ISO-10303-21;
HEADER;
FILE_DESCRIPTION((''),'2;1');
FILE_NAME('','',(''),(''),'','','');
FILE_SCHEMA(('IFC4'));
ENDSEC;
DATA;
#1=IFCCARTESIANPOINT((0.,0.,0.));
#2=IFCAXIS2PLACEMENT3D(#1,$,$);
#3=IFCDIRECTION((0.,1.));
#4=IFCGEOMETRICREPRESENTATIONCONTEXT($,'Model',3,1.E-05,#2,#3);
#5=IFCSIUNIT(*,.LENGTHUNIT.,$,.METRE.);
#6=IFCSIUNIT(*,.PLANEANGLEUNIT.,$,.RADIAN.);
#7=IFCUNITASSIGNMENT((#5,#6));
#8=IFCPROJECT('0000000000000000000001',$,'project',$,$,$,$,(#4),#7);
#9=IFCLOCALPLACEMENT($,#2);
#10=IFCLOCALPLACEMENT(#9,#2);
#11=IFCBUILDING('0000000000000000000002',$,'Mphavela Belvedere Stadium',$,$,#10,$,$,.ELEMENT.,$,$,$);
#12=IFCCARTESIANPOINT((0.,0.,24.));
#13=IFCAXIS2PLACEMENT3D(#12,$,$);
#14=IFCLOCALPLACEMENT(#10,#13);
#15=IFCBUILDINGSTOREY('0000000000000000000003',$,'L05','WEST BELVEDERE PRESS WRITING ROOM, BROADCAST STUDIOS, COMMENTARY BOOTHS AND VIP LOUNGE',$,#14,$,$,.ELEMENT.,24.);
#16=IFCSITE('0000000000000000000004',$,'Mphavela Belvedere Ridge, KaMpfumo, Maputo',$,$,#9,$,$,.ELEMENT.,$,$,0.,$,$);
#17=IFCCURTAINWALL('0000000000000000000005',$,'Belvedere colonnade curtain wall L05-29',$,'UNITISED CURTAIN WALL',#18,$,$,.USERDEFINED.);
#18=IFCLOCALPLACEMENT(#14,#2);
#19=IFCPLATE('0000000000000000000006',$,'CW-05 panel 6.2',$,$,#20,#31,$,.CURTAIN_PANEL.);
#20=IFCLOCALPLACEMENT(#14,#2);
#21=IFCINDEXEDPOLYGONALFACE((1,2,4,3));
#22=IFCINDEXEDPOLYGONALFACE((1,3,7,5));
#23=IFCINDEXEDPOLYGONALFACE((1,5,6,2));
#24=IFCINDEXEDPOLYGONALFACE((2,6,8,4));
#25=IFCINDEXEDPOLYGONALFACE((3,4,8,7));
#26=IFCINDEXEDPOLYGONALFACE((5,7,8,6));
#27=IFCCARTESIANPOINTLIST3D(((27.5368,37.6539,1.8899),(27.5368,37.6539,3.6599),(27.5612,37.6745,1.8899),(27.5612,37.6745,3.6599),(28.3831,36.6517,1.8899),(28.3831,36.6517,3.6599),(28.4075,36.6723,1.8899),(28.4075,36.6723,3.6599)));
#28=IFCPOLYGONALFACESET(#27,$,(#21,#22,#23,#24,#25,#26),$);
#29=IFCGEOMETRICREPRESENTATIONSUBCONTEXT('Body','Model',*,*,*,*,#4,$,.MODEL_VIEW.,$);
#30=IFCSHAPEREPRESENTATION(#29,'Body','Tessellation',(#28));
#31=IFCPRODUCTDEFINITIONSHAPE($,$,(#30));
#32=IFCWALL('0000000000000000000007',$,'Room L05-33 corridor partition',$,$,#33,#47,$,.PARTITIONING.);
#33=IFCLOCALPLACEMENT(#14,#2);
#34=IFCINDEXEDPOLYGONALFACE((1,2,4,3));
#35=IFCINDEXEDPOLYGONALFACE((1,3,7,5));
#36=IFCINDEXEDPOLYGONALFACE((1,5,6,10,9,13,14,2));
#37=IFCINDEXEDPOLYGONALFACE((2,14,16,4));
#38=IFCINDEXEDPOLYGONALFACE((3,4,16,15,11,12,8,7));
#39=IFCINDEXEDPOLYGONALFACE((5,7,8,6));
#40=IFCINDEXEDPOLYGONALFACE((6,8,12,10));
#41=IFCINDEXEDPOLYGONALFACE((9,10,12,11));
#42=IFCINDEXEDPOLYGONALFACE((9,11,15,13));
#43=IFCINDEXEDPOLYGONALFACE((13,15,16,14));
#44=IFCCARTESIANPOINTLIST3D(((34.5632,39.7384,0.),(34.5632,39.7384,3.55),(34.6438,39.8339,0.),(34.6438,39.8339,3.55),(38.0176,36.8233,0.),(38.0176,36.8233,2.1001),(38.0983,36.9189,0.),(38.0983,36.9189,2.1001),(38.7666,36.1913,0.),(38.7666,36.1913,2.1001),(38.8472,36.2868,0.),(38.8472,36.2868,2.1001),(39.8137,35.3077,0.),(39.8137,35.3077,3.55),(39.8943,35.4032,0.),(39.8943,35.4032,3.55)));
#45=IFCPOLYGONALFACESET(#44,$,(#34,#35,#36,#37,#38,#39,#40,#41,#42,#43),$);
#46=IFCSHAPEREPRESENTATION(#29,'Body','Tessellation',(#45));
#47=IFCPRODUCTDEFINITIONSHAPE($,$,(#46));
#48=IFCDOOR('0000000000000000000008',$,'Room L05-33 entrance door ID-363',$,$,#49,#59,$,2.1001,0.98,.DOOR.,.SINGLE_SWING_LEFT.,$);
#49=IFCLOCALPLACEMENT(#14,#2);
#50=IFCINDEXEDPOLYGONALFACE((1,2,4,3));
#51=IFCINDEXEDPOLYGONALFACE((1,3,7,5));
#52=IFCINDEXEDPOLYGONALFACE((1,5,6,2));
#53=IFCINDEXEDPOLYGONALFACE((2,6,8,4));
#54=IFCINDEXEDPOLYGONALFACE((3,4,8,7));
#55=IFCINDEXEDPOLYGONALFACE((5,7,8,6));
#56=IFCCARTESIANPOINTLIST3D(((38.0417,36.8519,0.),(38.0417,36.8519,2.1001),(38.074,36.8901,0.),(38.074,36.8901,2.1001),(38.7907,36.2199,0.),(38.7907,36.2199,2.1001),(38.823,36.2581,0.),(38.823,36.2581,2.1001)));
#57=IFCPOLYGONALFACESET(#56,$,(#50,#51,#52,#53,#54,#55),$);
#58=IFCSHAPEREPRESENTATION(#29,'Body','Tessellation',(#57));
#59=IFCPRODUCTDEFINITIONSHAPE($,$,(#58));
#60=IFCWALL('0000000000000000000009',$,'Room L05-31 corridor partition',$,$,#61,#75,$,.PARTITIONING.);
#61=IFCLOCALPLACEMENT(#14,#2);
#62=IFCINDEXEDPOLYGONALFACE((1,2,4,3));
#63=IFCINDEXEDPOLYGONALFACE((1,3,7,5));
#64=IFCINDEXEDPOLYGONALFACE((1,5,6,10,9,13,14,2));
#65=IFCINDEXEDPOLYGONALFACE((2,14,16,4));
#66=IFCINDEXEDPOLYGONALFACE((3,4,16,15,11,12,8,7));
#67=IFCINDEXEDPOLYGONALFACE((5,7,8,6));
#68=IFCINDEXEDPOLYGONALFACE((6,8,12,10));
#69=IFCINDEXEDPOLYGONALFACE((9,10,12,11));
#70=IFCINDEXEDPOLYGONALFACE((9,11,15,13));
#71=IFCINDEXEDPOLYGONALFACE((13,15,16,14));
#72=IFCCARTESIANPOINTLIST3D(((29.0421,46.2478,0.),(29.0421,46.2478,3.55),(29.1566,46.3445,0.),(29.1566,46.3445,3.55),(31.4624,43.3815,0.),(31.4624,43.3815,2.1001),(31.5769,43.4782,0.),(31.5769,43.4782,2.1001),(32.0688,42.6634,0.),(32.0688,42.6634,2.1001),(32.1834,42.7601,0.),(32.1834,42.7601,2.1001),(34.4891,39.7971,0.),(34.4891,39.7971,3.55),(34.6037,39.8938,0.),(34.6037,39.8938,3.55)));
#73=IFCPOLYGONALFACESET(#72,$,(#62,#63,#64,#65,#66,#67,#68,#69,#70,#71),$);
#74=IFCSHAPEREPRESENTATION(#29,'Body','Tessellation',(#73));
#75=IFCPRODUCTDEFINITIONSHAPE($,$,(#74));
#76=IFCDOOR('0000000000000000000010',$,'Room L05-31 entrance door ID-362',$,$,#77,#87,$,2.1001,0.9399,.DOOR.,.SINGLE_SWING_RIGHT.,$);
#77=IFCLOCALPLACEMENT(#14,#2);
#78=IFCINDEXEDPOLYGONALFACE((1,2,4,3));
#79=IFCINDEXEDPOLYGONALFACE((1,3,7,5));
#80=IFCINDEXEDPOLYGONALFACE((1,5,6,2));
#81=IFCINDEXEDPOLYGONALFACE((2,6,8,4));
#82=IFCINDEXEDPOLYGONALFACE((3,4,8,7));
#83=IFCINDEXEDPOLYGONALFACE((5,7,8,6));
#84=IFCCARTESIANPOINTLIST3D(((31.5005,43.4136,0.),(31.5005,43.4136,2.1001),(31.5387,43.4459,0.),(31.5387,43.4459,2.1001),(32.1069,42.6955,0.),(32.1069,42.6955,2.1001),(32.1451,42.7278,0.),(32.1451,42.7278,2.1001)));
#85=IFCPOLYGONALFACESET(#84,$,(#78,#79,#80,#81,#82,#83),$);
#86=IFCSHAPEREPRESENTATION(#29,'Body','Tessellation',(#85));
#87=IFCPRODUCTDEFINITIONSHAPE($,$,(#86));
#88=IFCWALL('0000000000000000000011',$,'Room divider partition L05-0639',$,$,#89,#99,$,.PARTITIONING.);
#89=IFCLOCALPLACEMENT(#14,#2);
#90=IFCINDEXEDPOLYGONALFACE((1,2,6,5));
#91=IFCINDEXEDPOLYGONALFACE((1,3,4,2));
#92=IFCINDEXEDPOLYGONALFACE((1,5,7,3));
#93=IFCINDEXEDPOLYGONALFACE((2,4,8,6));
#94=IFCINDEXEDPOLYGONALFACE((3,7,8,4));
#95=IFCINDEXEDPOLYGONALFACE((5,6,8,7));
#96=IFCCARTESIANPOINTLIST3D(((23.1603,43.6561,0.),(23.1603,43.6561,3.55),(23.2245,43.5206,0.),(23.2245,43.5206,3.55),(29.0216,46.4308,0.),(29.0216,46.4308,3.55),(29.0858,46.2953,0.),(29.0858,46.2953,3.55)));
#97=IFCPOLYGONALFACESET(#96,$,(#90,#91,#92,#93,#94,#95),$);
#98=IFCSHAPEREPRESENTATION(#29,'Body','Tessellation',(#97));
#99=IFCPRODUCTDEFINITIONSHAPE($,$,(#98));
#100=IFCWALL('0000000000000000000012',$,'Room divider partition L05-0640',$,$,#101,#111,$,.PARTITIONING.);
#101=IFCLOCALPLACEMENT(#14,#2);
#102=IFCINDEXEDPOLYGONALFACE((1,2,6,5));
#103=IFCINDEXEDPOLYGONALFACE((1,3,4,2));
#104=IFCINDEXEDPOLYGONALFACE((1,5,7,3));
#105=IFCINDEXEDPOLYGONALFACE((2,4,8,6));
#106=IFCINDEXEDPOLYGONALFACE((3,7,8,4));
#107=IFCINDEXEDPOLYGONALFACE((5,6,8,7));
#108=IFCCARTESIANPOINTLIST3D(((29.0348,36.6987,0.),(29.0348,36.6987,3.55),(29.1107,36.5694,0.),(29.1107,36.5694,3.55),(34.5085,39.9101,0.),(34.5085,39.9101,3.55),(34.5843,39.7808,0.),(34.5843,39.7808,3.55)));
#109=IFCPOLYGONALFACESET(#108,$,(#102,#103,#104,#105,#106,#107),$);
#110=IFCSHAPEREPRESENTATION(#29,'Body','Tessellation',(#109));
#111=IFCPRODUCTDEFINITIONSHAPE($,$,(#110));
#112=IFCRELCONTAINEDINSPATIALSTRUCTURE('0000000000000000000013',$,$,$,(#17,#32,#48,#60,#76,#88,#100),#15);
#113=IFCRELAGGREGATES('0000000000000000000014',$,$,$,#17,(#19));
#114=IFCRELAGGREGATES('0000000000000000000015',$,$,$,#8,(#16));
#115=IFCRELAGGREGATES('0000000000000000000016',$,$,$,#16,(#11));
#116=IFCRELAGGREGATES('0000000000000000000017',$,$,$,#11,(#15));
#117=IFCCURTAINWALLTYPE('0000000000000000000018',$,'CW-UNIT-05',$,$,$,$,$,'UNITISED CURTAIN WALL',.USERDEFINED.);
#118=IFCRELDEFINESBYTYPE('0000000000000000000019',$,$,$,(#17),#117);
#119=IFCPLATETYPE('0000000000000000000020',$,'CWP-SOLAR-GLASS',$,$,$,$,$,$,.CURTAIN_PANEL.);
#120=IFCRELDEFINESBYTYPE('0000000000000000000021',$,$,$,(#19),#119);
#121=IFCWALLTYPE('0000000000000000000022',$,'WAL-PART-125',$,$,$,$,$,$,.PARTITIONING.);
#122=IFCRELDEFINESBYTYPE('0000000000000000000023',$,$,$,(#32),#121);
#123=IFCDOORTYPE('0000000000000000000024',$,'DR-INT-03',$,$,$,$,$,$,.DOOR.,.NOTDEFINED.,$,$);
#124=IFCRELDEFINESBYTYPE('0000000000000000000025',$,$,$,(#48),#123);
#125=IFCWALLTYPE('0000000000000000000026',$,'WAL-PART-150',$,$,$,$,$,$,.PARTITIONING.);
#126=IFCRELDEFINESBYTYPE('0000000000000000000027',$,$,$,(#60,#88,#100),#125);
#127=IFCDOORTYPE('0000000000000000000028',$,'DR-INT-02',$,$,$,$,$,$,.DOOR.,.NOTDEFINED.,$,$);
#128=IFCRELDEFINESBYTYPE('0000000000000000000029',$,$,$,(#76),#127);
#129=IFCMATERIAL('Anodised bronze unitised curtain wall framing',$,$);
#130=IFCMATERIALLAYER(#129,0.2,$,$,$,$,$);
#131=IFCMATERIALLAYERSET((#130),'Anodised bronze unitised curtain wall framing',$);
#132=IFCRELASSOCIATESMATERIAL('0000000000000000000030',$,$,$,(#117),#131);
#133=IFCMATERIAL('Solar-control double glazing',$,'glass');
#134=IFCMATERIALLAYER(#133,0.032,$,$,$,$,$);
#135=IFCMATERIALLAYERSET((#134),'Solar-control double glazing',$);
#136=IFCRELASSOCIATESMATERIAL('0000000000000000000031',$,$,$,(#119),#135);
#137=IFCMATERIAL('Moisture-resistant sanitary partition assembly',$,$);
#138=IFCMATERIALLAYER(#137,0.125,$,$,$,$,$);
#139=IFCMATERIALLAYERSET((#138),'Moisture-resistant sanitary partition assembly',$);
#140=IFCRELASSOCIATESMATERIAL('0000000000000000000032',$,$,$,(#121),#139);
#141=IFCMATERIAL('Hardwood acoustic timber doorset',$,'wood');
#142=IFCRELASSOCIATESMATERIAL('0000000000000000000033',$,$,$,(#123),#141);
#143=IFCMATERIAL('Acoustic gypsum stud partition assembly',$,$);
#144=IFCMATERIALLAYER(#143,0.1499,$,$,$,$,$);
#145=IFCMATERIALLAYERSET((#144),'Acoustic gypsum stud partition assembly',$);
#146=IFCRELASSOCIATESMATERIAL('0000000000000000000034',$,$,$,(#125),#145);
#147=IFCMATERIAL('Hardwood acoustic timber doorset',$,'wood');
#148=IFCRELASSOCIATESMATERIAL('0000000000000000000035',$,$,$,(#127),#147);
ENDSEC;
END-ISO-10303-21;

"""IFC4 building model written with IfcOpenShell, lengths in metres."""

from ifc_helpers import new_model, si_unit, direction, frame, frame_2d, origin, origin_2d, place, context, subcontext, project, spatial, rectangle, extrude, material, layer, layer_set, type_object, element, fill, aggregate, save


model = new_model("IFC4")

# Units and contexts
model_context = context("Model", 3, precision=1e-05, world=origin(), true_north=direction((0.0, 1.0)))
body_context = subcontext(model_context, "Body", "Model", "MODEL_VIEW")
ifc_project = project(units=[si_unit("LENGTHUNIT", "METRE"), si_unit("PLANEANGLEUNIT", "RADIAN")], contexts=[model_context])

# Site, building, storey
site_placement = place(None, origin())
site = spatial("IfcSite", under=ifc_project, at=site_placement, Name="Mphavela Belvedere Ridge, KaMpfumo, Maputo", CompositionType="ELEMENT", RefElevation=0.0)
building_placement = place(site_placement, origin())
building = spatial("IfcBuilding", under=site, at=building_placement, Name="Mphavela Belvedere Stadium", CompositionType="ELEMENT")
storey_placement = place(building_placement, frame((0.0, 0.0, 24.0)))
storey = spatial("IfcBuildingStorey", under=building, at=storey_placement, Name="L05", Description="WEST BELVEDERE PRESS WRITING ROOM, BROADCAST STUDIOS, COMMENTARY BOOTHS AND VIP LOUNGE", CompositionType="ELEMENT", Elevation=24.0)

# Curtain wall, plate
ifc_material_1 = material(Name="Anodised bronze unitised curtain wall framing")
ifc_layer_1 = layer(ifc_material_1, 0.2)
ifc_layer_set_1 = layer_set([ifc_layer_1], Name="Anodised bronze unitised curtain wall framing")
curtain_wall_type = type_object("IfcCurtainWallType", Name="CW-UNIT-05", ElementType="UNITISED CURTAIN WALL", PredefinedType="USERDEFINED", material=ifc_layer_set_1)
curtain_wall_placement = place(storey_placement, origin())
curtain_wall = element("IfcCurtainWall", 1, at=curtain_wall_placement, inside=storey, type_object=curtain_wall_type, Name="Belvedere colonnade curtain wall L05-29", ObjectType="UNITISED CURTAIN WALL", PredefinedType="USERDEFINED")
ifc_material_2 = material(Name="Solar-control double glazing", Category="glass")
ifc_layer_2 = layer(ifc_material_2, 0.032)
ifc_layer_set_2 = layer_set([ifc_layer_2], Name="Solar-control double glazing")
plate_type = type_object("IfcPlateType", Name="CWP-SOLAR-GLASS", PredefinedType="CURTAIN_PANEL", material=ifc_layer_set_2)
plate_1_placement = place(storey_placement, frame((27.9722, 37.1631, 1.8899), z_axis=(0.0, 0.0, 1.0), x_axis=(0.645175, -0.764035, 0.0)))
plate_1 = element("IfcPlate", 2, at=plate_1_placement, type_object=plate_type, Name="CW-05 panel 6.2", PredefinedType="CURTAIN_PANEL", context=body_context, shape_type="SweptSolid", body=[
    extrude(rectangle(XDim=1.3118, YDim=0.032, at=origin_2d()), origin(), (0.0, 0.0, 1.0), 1.77),
])
aggregate(curtain_wall, [plate_1])

# Walls, openings, doors
ifc_material_3 = material(Name="Moisture-resistant sanitary partition assembly")
ifc_layer_3 = layer(ifc_material_3, 0.125)
ifc_layer_set_3 = layer_set([ifc_layer_3], Name="Moisture-resistant sanitary partition assembly")
wall_type_1 = type_object("IfcWallType", Name="WAL-PART-125", PredefinedType="PARTITIONING", material=ifc_layer_set_3)
wall_1_placement = place(storey_placement, frame((34.6035, 39.7861, 0.0), z_axis=(0.0, 0.0, 1.0), x_axis=(0.764251, -0.644919, 0.0)))
wall_1 = element("IfcWall", 3, at=wall_1_placement, inside=storey, type_object=wall_type_1, Name="Room L05-33 corridor partition", PredefinedType="PARTITIONING", context=body_context, shape_type="SweptSolid", body=[
    extrude(rectangle(XDim=6.8701, YDim=0.125, at=frame_2d((3.4351, 0.0))), origin(), (0.0, 0.0, 1.0), 3.55),
])
opening_1_placement = place(wall_1_placement, frame((4.52, 0.0, 0.0)))
opening_1 = element("IfcOpeningElement", 4, at=opening_1_placement, cuts=wall_1, PredefinedType="OPENING", context=body_context, shape_type="SweptSolid", body=[
    extrude(rectangle(XDim=0.98, YDim=2.1001, at=frame_2d((0.49, 1.05))), frame((0.0, 0.0725, 0.0), z_axis=(0.0, -1.0, 0.0), x_axis=(1.0, 0.0, 0.0)), (0.0, 0.0, 1.0), 0.145),
])
ifc_material_4 = material(Name="Hardwood acoustic timber doorset", Category="wood")
door_type_1 = type_object("IfcDoorType", Name="DR-INT-03", OperationType="NOTDEFINED", PredefinedType="DOOR", material=ifc_material_4)
door_1_placement = place(opening_1_placement, origin())
door_1 = element("IfcDoor", 5, at=door_1_placement, inside=storey, type_object=door_type_1, Name="Room L05-33 entrance door ID-363", OperationType="SINGLE_SWING_LEFT", OverallHeight=2.1001, OverallWidth=0.98, PredefinedType="DOOR", context=body_context, shape_type="SweptSolid", body=[
    extrude(rectangle(XDim=0.98, YDim=2.1001, at=frame_2d((0.49, 1.05))), frame((0.0, 0.0249, 0.0), z_axis=(0.0, -1.0, 0.0), x_axis=(1.0, 0.0, 0.0)), (0.0, 0.0, 1.0), 0.05),
])
fill(opening_1, door_1)
ifc_material_5 = material(Name="Acoustic gypsum stud partition assembly")
ifc_layer_4 = layer(ifc_material_5, 0.1499)
ifc_layer_set_4 = layer_set([ifc_layer_4], Name="Acoustic gypsum stud partition assembly")
wall_type_2 = type_object("IfcWallType", Name="WAL-PART-150", PredefinedType="PARTITIONING", material=ifc_layer_set_4)
wall_2_placement = place(storey_placement, frame((29.0994, 46.2961, 0.0), z_axis=(0.0, 0.0, 1.0), x_axis=(0.645165, -0.764043, 0.0)))
wall_2 = element("IfcWall", 6, at=wall_2_placement, inside=storey, type_object=wall_type_2, Name="Room L05-31 corridor partition", PredefinedType="PARTITIONING", context=body_context, shape_type="SweptSolid", body=[
    extrude(rectangle(XDim=8.4429, YDim=0.1499, at=frame_2d((4.2214, 0.0))), origin(), (0.0, 0.0, 1.0), 3.55),
])
opening_2_placement = place(wall_2_placement, frame((3.7515, 0.0, 0.0)))
opening_2 = element("IfcOpeningElement", 7, at=opening_2_placement, cuts=wall_2, PredefinedType="OPENING", context=body_context, shape_type="SweptSolid", body=[
    extrude(rectangle(XDim=0.9399, YDim=2.1001, at=frame_2d((0.47, 1.05))), frame((0.0, 0.085, 0.0), z_axis=(0.0, -1.0, 0.0), x_axis=(1.0, 0.0, 0.0)), (0.0, 0.0, 1.0), 0.1699),
])
ifc_material_6 = material(Name="Hardwood acoustic timber doorset", Category="wood")
door_type_2 = type_object("IfcDoorType", Name="DR-INT-02", OperationType="NOTDEFINED", PredefinedType="DOOR", material=ifc_material_6)
door_2_placement = place(opening_2_placement, origin())
door_2 = element("IfcDoor", 8, at=door_2_placement, inside=storey, type_object=door_type_2, Name="Room L05-31 entrance door ID-362", OperationType="SINGLE_SWING_RIGHT", OverallHeight=2.1001, OverallWidth=0.9399, PredefinedType="DOOR", context=body_context, shape_type="SweptSolid", body=[
    extrude(rectangle(XDim=0.9399, YDim=2.1001, at=frame_2d((0.47, 1.05))), frame((0.0, 0.0249, 0.0), z_axis=(0.0, -1.0, 0.0), x_axis=(1.0, 0.0, 0.0)), (0.0, 0.0, 1.0), 0.05),
])
fill(opening_2, door_2)

# Walls
wall_3_placement = place(storey_placement, frame((29.0537, 46.363, 0.0), z_axis=(0.0, 0.0, 1.0), x_axis=(-0.903843, -0.427865, 0.0)))
element("IfcWall", 9, at=wall_3_placement, inside=storey, type_object=wall_type_2, Name="Room divider partition L05-0639", PredefinedType="PARTITIONING", context=body_context, shape_type="SweptSolid", body=[
    extrude(rectangle(XDim=6.4849, YDim=0.1499, at=frame_2d((3.2424, 0.0))), origin(), (0.0, 0.0, 1.0), 3.55),
])
wall_4_placement = place(storey_placement, frame((34.5464, 39.8455, 0.0), z_axis=(0.0, 0.0, 1.0), x_axis=(-0.862509, -0.506041, 0.0)))
element("IfcWall", 10, at=wall_4_placement, inside=storey, type_object=wall_type_2, Name="Room divider partition L05-0640", PredefinedType="PARTITIONING", context=body_context, shape_type="SweptSolid", body=[
    extrude(rectangle(XDim=6.3462, YDim=0.1499, at=frame_2d((3.1731, 0.0))), origin(), (0.0, 0.0, 1.0), 3.55),
])

save(model, "model.ifc")
